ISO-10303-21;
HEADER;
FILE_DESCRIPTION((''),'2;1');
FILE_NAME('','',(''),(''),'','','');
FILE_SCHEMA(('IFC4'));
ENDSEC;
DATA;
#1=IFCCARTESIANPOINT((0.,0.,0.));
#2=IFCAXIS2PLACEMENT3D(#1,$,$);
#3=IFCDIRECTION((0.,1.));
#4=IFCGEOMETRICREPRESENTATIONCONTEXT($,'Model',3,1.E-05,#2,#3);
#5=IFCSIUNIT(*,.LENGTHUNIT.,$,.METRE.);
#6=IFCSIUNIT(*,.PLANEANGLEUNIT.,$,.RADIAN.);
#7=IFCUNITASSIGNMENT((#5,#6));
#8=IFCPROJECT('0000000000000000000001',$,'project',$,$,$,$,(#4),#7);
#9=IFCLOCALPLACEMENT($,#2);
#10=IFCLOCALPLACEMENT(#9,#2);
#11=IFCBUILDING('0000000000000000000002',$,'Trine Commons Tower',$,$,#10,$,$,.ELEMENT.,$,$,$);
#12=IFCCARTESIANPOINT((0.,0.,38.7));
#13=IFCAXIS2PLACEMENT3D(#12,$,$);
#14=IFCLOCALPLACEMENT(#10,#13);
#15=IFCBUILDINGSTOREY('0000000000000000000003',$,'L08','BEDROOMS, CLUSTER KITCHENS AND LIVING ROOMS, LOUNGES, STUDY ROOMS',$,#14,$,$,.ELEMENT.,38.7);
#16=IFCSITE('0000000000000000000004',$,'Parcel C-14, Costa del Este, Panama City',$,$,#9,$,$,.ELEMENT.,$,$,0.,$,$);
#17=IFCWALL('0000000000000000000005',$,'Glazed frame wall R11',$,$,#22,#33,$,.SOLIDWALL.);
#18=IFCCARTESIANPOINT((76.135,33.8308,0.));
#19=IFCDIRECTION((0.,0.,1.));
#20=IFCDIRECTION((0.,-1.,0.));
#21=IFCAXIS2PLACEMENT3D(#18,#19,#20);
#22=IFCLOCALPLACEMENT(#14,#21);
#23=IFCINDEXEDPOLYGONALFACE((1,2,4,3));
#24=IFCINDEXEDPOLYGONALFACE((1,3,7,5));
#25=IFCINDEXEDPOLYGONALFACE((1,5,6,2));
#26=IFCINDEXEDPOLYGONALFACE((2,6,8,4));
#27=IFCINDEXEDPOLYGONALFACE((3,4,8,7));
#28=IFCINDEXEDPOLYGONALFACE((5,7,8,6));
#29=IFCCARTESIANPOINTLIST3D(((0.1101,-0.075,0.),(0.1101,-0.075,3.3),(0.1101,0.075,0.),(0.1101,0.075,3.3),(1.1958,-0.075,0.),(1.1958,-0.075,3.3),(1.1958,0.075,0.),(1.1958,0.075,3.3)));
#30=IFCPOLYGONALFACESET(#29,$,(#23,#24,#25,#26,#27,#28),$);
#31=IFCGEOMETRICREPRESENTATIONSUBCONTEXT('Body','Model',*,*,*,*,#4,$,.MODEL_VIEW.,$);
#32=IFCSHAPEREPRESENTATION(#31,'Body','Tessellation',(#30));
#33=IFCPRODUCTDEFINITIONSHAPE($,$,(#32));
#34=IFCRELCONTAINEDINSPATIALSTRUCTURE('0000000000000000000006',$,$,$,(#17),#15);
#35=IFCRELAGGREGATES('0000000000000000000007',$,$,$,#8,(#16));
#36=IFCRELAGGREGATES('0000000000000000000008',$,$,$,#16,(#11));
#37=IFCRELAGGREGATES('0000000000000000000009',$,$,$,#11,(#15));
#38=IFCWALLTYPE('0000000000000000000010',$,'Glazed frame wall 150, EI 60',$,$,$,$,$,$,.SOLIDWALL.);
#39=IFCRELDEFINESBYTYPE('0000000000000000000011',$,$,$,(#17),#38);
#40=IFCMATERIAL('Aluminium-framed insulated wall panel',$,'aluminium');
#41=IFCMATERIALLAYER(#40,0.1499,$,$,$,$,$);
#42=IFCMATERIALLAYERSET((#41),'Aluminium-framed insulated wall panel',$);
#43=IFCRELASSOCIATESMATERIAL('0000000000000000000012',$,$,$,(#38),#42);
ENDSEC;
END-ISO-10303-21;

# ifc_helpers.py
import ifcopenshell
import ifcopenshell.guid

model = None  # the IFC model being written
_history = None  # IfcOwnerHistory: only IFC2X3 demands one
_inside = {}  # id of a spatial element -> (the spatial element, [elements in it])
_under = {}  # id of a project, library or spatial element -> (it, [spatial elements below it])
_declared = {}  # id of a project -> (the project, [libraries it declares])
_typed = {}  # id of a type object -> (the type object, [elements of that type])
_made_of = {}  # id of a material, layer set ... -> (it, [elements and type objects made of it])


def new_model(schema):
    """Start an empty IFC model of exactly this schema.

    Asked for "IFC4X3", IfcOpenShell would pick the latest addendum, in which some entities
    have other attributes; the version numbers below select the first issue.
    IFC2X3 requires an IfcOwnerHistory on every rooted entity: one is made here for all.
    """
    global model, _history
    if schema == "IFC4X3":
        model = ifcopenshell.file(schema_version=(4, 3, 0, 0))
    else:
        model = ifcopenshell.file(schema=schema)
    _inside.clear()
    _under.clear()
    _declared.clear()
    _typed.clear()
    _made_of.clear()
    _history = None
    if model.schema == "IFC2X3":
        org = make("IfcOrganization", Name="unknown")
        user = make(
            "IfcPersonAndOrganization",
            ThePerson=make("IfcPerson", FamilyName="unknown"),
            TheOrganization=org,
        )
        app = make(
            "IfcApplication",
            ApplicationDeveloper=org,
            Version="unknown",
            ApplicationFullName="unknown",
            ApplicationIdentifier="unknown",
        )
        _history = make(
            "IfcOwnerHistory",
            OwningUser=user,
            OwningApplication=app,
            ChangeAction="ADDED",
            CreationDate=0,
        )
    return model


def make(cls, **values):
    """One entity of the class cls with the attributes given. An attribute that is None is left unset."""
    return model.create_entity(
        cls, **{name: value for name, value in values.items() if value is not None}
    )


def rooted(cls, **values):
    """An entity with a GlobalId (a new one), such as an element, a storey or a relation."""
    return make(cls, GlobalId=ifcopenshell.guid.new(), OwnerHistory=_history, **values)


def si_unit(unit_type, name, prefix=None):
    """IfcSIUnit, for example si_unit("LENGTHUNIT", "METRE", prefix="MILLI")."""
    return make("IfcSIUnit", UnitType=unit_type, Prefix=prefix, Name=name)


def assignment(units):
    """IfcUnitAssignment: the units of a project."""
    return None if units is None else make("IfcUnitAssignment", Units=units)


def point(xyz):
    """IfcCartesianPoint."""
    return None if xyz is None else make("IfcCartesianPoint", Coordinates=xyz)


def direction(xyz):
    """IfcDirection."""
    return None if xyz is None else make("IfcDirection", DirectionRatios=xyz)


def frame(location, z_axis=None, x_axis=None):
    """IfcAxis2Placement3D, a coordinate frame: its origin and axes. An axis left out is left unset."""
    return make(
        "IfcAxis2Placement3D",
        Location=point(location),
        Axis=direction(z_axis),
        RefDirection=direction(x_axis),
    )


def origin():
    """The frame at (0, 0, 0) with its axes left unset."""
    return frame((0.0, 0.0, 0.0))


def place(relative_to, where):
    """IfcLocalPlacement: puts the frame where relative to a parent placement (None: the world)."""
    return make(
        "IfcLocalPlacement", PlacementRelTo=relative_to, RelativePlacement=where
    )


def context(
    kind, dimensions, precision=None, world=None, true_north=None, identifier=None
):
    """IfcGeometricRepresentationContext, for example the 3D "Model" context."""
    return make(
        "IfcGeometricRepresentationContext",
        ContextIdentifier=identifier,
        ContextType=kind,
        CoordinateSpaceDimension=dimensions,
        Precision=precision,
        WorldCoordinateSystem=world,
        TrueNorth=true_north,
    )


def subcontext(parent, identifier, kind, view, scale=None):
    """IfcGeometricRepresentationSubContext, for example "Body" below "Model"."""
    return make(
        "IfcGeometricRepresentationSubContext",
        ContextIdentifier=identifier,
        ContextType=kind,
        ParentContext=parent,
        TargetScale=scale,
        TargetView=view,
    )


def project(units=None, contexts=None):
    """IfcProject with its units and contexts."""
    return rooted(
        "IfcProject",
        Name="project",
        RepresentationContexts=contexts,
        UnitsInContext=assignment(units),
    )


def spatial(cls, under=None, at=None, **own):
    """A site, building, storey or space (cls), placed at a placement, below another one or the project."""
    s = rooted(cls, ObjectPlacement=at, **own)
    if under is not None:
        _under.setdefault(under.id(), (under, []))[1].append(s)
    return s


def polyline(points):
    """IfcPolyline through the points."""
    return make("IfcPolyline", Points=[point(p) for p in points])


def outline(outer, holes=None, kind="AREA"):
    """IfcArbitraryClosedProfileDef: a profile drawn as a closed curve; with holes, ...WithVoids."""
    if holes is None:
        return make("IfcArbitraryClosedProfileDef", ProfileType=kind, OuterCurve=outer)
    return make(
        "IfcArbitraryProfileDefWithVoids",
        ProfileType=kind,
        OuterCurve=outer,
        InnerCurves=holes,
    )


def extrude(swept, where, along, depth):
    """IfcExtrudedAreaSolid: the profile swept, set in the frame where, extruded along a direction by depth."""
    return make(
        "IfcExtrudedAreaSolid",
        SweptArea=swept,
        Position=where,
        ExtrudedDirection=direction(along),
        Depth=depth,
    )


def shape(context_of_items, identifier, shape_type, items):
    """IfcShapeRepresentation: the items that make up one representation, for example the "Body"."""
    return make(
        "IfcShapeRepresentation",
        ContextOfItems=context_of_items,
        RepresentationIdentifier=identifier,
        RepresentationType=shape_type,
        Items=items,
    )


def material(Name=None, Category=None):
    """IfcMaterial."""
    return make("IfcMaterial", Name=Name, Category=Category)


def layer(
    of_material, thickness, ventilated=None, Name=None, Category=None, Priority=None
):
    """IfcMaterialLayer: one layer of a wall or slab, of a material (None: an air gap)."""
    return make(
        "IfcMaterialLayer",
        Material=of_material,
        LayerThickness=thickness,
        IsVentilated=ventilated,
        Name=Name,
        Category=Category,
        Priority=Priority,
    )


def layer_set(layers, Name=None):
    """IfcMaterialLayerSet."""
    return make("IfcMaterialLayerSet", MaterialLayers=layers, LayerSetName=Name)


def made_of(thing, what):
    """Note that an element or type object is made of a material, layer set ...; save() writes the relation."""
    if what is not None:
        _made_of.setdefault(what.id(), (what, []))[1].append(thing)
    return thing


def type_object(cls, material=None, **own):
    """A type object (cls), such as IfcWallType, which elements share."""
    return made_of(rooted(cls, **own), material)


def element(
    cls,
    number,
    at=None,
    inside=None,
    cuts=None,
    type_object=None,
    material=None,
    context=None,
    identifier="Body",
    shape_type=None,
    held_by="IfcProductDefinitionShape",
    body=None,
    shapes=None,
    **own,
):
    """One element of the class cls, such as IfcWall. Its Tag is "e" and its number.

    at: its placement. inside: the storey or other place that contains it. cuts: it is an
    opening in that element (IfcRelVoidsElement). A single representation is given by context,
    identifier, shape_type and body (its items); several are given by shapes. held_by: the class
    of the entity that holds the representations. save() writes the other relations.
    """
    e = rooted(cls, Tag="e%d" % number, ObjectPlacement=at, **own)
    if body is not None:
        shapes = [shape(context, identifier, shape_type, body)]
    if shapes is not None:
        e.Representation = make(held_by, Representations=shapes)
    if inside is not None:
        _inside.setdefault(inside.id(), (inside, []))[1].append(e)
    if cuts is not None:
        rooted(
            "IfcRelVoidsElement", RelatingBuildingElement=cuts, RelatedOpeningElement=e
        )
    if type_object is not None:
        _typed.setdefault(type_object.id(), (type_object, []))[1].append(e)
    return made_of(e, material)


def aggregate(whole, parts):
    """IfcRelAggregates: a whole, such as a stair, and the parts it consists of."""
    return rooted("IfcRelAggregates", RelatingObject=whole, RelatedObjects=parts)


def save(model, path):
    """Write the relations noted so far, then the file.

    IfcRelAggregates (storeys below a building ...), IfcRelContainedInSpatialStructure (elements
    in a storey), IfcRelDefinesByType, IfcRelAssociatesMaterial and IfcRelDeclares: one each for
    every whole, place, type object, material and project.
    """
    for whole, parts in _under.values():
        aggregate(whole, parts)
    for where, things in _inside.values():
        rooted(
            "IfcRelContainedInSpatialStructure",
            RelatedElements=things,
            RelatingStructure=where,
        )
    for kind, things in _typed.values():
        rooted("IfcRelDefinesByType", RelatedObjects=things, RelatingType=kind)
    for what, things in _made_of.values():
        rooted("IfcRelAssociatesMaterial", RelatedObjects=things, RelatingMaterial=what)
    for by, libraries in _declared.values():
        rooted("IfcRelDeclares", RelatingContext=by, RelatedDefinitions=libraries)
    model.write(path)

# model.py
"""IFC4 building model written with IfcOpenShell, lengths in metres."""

from ifc_helpers import new_model, si_unit, direction, frame, origin, place, context, subcontext, project, spatial, polyline, outline, extrude, material, layer, layer_set, type_object, element, save


model = new_model("IFC4")

# Units and contexts
model_context = context("Model", 3, precision=1e-05, world=origin(), true_north=direction((0.0, 1.0)))
body_context = subcontext(model_context, "Body", "Model", "MODEL_VIEW")
ifc_project = project(units=[si_unit("LENGTHUNIT", "METRE"), si_unit("PLANEANGLEUNIT", "RADIAN")], contexts=[model_context])

# Site, building, storey
site_placement = place(None, origin())
site = spatial("IfcSite", under=ifc_project, at=site_placement, Name="Parcel C-14, Costa del Este, Panama City", CompositionType="ELEMENT", RefElevation=0.0)
building_placement = place(site_placement, origin())
building = spatial("IfcBuilding", under=site, at=building_placement, Name="Trine Commons Tower", CompositionType="ELEMENT")
storey_placement = place(building_placement, frame((0.0, 0.0, 38.7)))
storey = spatial("IfcBuildingStorey", under=building, at=storey_placement, Name="L08", Description="BEDROOMS, CLUSTER KITCHENS AND LIVING ROOMS, LOUNGES, STUDY ROOMS", CompositionType="ELEMENT", Elevation=38.7)

# Wall
ifc_material_1 = material(Name="Aluminium-framed insulated wall panel", Category="aluminium")
ifc_layer_1 = layer(ifc_material_1, 0.1499)
ifc_layer_set_1 = layer_set([ifc_layer_1], Name="Aluminium-framed insulated wall panel")
wall_type_1 = type_object("IfcWallType", Name="Glazed frame wall 150, EI 60", PredefinedType="SOLIDWALL", material=ifc_layer_set_1)
wall_1_placement = place(storey_placement, frame((76.135, 33.8308, 0.0), z_axis=(0.0, 0.0, 1.0), x_axis=(0.0, -1.0, 0.0)))
element("IfcWall", 1, at=wall_1_placement, inside=storey, type_object=wall_type_1, Name="Glazed frame wall R11", PredefinedType="SOLIDWALL", context=body_context, shape_type="SweptSolid", body=[
    extrude(outline(polyline([(0.1101, 0.075), (0.1101, -0.075), (1.1958, -0.075), (1.1958, 0.075), (0.1101, 0.075)])), origin(), (0.0, 0.0, 1.0), 3.3),
])

save(model, "model.ifc")
